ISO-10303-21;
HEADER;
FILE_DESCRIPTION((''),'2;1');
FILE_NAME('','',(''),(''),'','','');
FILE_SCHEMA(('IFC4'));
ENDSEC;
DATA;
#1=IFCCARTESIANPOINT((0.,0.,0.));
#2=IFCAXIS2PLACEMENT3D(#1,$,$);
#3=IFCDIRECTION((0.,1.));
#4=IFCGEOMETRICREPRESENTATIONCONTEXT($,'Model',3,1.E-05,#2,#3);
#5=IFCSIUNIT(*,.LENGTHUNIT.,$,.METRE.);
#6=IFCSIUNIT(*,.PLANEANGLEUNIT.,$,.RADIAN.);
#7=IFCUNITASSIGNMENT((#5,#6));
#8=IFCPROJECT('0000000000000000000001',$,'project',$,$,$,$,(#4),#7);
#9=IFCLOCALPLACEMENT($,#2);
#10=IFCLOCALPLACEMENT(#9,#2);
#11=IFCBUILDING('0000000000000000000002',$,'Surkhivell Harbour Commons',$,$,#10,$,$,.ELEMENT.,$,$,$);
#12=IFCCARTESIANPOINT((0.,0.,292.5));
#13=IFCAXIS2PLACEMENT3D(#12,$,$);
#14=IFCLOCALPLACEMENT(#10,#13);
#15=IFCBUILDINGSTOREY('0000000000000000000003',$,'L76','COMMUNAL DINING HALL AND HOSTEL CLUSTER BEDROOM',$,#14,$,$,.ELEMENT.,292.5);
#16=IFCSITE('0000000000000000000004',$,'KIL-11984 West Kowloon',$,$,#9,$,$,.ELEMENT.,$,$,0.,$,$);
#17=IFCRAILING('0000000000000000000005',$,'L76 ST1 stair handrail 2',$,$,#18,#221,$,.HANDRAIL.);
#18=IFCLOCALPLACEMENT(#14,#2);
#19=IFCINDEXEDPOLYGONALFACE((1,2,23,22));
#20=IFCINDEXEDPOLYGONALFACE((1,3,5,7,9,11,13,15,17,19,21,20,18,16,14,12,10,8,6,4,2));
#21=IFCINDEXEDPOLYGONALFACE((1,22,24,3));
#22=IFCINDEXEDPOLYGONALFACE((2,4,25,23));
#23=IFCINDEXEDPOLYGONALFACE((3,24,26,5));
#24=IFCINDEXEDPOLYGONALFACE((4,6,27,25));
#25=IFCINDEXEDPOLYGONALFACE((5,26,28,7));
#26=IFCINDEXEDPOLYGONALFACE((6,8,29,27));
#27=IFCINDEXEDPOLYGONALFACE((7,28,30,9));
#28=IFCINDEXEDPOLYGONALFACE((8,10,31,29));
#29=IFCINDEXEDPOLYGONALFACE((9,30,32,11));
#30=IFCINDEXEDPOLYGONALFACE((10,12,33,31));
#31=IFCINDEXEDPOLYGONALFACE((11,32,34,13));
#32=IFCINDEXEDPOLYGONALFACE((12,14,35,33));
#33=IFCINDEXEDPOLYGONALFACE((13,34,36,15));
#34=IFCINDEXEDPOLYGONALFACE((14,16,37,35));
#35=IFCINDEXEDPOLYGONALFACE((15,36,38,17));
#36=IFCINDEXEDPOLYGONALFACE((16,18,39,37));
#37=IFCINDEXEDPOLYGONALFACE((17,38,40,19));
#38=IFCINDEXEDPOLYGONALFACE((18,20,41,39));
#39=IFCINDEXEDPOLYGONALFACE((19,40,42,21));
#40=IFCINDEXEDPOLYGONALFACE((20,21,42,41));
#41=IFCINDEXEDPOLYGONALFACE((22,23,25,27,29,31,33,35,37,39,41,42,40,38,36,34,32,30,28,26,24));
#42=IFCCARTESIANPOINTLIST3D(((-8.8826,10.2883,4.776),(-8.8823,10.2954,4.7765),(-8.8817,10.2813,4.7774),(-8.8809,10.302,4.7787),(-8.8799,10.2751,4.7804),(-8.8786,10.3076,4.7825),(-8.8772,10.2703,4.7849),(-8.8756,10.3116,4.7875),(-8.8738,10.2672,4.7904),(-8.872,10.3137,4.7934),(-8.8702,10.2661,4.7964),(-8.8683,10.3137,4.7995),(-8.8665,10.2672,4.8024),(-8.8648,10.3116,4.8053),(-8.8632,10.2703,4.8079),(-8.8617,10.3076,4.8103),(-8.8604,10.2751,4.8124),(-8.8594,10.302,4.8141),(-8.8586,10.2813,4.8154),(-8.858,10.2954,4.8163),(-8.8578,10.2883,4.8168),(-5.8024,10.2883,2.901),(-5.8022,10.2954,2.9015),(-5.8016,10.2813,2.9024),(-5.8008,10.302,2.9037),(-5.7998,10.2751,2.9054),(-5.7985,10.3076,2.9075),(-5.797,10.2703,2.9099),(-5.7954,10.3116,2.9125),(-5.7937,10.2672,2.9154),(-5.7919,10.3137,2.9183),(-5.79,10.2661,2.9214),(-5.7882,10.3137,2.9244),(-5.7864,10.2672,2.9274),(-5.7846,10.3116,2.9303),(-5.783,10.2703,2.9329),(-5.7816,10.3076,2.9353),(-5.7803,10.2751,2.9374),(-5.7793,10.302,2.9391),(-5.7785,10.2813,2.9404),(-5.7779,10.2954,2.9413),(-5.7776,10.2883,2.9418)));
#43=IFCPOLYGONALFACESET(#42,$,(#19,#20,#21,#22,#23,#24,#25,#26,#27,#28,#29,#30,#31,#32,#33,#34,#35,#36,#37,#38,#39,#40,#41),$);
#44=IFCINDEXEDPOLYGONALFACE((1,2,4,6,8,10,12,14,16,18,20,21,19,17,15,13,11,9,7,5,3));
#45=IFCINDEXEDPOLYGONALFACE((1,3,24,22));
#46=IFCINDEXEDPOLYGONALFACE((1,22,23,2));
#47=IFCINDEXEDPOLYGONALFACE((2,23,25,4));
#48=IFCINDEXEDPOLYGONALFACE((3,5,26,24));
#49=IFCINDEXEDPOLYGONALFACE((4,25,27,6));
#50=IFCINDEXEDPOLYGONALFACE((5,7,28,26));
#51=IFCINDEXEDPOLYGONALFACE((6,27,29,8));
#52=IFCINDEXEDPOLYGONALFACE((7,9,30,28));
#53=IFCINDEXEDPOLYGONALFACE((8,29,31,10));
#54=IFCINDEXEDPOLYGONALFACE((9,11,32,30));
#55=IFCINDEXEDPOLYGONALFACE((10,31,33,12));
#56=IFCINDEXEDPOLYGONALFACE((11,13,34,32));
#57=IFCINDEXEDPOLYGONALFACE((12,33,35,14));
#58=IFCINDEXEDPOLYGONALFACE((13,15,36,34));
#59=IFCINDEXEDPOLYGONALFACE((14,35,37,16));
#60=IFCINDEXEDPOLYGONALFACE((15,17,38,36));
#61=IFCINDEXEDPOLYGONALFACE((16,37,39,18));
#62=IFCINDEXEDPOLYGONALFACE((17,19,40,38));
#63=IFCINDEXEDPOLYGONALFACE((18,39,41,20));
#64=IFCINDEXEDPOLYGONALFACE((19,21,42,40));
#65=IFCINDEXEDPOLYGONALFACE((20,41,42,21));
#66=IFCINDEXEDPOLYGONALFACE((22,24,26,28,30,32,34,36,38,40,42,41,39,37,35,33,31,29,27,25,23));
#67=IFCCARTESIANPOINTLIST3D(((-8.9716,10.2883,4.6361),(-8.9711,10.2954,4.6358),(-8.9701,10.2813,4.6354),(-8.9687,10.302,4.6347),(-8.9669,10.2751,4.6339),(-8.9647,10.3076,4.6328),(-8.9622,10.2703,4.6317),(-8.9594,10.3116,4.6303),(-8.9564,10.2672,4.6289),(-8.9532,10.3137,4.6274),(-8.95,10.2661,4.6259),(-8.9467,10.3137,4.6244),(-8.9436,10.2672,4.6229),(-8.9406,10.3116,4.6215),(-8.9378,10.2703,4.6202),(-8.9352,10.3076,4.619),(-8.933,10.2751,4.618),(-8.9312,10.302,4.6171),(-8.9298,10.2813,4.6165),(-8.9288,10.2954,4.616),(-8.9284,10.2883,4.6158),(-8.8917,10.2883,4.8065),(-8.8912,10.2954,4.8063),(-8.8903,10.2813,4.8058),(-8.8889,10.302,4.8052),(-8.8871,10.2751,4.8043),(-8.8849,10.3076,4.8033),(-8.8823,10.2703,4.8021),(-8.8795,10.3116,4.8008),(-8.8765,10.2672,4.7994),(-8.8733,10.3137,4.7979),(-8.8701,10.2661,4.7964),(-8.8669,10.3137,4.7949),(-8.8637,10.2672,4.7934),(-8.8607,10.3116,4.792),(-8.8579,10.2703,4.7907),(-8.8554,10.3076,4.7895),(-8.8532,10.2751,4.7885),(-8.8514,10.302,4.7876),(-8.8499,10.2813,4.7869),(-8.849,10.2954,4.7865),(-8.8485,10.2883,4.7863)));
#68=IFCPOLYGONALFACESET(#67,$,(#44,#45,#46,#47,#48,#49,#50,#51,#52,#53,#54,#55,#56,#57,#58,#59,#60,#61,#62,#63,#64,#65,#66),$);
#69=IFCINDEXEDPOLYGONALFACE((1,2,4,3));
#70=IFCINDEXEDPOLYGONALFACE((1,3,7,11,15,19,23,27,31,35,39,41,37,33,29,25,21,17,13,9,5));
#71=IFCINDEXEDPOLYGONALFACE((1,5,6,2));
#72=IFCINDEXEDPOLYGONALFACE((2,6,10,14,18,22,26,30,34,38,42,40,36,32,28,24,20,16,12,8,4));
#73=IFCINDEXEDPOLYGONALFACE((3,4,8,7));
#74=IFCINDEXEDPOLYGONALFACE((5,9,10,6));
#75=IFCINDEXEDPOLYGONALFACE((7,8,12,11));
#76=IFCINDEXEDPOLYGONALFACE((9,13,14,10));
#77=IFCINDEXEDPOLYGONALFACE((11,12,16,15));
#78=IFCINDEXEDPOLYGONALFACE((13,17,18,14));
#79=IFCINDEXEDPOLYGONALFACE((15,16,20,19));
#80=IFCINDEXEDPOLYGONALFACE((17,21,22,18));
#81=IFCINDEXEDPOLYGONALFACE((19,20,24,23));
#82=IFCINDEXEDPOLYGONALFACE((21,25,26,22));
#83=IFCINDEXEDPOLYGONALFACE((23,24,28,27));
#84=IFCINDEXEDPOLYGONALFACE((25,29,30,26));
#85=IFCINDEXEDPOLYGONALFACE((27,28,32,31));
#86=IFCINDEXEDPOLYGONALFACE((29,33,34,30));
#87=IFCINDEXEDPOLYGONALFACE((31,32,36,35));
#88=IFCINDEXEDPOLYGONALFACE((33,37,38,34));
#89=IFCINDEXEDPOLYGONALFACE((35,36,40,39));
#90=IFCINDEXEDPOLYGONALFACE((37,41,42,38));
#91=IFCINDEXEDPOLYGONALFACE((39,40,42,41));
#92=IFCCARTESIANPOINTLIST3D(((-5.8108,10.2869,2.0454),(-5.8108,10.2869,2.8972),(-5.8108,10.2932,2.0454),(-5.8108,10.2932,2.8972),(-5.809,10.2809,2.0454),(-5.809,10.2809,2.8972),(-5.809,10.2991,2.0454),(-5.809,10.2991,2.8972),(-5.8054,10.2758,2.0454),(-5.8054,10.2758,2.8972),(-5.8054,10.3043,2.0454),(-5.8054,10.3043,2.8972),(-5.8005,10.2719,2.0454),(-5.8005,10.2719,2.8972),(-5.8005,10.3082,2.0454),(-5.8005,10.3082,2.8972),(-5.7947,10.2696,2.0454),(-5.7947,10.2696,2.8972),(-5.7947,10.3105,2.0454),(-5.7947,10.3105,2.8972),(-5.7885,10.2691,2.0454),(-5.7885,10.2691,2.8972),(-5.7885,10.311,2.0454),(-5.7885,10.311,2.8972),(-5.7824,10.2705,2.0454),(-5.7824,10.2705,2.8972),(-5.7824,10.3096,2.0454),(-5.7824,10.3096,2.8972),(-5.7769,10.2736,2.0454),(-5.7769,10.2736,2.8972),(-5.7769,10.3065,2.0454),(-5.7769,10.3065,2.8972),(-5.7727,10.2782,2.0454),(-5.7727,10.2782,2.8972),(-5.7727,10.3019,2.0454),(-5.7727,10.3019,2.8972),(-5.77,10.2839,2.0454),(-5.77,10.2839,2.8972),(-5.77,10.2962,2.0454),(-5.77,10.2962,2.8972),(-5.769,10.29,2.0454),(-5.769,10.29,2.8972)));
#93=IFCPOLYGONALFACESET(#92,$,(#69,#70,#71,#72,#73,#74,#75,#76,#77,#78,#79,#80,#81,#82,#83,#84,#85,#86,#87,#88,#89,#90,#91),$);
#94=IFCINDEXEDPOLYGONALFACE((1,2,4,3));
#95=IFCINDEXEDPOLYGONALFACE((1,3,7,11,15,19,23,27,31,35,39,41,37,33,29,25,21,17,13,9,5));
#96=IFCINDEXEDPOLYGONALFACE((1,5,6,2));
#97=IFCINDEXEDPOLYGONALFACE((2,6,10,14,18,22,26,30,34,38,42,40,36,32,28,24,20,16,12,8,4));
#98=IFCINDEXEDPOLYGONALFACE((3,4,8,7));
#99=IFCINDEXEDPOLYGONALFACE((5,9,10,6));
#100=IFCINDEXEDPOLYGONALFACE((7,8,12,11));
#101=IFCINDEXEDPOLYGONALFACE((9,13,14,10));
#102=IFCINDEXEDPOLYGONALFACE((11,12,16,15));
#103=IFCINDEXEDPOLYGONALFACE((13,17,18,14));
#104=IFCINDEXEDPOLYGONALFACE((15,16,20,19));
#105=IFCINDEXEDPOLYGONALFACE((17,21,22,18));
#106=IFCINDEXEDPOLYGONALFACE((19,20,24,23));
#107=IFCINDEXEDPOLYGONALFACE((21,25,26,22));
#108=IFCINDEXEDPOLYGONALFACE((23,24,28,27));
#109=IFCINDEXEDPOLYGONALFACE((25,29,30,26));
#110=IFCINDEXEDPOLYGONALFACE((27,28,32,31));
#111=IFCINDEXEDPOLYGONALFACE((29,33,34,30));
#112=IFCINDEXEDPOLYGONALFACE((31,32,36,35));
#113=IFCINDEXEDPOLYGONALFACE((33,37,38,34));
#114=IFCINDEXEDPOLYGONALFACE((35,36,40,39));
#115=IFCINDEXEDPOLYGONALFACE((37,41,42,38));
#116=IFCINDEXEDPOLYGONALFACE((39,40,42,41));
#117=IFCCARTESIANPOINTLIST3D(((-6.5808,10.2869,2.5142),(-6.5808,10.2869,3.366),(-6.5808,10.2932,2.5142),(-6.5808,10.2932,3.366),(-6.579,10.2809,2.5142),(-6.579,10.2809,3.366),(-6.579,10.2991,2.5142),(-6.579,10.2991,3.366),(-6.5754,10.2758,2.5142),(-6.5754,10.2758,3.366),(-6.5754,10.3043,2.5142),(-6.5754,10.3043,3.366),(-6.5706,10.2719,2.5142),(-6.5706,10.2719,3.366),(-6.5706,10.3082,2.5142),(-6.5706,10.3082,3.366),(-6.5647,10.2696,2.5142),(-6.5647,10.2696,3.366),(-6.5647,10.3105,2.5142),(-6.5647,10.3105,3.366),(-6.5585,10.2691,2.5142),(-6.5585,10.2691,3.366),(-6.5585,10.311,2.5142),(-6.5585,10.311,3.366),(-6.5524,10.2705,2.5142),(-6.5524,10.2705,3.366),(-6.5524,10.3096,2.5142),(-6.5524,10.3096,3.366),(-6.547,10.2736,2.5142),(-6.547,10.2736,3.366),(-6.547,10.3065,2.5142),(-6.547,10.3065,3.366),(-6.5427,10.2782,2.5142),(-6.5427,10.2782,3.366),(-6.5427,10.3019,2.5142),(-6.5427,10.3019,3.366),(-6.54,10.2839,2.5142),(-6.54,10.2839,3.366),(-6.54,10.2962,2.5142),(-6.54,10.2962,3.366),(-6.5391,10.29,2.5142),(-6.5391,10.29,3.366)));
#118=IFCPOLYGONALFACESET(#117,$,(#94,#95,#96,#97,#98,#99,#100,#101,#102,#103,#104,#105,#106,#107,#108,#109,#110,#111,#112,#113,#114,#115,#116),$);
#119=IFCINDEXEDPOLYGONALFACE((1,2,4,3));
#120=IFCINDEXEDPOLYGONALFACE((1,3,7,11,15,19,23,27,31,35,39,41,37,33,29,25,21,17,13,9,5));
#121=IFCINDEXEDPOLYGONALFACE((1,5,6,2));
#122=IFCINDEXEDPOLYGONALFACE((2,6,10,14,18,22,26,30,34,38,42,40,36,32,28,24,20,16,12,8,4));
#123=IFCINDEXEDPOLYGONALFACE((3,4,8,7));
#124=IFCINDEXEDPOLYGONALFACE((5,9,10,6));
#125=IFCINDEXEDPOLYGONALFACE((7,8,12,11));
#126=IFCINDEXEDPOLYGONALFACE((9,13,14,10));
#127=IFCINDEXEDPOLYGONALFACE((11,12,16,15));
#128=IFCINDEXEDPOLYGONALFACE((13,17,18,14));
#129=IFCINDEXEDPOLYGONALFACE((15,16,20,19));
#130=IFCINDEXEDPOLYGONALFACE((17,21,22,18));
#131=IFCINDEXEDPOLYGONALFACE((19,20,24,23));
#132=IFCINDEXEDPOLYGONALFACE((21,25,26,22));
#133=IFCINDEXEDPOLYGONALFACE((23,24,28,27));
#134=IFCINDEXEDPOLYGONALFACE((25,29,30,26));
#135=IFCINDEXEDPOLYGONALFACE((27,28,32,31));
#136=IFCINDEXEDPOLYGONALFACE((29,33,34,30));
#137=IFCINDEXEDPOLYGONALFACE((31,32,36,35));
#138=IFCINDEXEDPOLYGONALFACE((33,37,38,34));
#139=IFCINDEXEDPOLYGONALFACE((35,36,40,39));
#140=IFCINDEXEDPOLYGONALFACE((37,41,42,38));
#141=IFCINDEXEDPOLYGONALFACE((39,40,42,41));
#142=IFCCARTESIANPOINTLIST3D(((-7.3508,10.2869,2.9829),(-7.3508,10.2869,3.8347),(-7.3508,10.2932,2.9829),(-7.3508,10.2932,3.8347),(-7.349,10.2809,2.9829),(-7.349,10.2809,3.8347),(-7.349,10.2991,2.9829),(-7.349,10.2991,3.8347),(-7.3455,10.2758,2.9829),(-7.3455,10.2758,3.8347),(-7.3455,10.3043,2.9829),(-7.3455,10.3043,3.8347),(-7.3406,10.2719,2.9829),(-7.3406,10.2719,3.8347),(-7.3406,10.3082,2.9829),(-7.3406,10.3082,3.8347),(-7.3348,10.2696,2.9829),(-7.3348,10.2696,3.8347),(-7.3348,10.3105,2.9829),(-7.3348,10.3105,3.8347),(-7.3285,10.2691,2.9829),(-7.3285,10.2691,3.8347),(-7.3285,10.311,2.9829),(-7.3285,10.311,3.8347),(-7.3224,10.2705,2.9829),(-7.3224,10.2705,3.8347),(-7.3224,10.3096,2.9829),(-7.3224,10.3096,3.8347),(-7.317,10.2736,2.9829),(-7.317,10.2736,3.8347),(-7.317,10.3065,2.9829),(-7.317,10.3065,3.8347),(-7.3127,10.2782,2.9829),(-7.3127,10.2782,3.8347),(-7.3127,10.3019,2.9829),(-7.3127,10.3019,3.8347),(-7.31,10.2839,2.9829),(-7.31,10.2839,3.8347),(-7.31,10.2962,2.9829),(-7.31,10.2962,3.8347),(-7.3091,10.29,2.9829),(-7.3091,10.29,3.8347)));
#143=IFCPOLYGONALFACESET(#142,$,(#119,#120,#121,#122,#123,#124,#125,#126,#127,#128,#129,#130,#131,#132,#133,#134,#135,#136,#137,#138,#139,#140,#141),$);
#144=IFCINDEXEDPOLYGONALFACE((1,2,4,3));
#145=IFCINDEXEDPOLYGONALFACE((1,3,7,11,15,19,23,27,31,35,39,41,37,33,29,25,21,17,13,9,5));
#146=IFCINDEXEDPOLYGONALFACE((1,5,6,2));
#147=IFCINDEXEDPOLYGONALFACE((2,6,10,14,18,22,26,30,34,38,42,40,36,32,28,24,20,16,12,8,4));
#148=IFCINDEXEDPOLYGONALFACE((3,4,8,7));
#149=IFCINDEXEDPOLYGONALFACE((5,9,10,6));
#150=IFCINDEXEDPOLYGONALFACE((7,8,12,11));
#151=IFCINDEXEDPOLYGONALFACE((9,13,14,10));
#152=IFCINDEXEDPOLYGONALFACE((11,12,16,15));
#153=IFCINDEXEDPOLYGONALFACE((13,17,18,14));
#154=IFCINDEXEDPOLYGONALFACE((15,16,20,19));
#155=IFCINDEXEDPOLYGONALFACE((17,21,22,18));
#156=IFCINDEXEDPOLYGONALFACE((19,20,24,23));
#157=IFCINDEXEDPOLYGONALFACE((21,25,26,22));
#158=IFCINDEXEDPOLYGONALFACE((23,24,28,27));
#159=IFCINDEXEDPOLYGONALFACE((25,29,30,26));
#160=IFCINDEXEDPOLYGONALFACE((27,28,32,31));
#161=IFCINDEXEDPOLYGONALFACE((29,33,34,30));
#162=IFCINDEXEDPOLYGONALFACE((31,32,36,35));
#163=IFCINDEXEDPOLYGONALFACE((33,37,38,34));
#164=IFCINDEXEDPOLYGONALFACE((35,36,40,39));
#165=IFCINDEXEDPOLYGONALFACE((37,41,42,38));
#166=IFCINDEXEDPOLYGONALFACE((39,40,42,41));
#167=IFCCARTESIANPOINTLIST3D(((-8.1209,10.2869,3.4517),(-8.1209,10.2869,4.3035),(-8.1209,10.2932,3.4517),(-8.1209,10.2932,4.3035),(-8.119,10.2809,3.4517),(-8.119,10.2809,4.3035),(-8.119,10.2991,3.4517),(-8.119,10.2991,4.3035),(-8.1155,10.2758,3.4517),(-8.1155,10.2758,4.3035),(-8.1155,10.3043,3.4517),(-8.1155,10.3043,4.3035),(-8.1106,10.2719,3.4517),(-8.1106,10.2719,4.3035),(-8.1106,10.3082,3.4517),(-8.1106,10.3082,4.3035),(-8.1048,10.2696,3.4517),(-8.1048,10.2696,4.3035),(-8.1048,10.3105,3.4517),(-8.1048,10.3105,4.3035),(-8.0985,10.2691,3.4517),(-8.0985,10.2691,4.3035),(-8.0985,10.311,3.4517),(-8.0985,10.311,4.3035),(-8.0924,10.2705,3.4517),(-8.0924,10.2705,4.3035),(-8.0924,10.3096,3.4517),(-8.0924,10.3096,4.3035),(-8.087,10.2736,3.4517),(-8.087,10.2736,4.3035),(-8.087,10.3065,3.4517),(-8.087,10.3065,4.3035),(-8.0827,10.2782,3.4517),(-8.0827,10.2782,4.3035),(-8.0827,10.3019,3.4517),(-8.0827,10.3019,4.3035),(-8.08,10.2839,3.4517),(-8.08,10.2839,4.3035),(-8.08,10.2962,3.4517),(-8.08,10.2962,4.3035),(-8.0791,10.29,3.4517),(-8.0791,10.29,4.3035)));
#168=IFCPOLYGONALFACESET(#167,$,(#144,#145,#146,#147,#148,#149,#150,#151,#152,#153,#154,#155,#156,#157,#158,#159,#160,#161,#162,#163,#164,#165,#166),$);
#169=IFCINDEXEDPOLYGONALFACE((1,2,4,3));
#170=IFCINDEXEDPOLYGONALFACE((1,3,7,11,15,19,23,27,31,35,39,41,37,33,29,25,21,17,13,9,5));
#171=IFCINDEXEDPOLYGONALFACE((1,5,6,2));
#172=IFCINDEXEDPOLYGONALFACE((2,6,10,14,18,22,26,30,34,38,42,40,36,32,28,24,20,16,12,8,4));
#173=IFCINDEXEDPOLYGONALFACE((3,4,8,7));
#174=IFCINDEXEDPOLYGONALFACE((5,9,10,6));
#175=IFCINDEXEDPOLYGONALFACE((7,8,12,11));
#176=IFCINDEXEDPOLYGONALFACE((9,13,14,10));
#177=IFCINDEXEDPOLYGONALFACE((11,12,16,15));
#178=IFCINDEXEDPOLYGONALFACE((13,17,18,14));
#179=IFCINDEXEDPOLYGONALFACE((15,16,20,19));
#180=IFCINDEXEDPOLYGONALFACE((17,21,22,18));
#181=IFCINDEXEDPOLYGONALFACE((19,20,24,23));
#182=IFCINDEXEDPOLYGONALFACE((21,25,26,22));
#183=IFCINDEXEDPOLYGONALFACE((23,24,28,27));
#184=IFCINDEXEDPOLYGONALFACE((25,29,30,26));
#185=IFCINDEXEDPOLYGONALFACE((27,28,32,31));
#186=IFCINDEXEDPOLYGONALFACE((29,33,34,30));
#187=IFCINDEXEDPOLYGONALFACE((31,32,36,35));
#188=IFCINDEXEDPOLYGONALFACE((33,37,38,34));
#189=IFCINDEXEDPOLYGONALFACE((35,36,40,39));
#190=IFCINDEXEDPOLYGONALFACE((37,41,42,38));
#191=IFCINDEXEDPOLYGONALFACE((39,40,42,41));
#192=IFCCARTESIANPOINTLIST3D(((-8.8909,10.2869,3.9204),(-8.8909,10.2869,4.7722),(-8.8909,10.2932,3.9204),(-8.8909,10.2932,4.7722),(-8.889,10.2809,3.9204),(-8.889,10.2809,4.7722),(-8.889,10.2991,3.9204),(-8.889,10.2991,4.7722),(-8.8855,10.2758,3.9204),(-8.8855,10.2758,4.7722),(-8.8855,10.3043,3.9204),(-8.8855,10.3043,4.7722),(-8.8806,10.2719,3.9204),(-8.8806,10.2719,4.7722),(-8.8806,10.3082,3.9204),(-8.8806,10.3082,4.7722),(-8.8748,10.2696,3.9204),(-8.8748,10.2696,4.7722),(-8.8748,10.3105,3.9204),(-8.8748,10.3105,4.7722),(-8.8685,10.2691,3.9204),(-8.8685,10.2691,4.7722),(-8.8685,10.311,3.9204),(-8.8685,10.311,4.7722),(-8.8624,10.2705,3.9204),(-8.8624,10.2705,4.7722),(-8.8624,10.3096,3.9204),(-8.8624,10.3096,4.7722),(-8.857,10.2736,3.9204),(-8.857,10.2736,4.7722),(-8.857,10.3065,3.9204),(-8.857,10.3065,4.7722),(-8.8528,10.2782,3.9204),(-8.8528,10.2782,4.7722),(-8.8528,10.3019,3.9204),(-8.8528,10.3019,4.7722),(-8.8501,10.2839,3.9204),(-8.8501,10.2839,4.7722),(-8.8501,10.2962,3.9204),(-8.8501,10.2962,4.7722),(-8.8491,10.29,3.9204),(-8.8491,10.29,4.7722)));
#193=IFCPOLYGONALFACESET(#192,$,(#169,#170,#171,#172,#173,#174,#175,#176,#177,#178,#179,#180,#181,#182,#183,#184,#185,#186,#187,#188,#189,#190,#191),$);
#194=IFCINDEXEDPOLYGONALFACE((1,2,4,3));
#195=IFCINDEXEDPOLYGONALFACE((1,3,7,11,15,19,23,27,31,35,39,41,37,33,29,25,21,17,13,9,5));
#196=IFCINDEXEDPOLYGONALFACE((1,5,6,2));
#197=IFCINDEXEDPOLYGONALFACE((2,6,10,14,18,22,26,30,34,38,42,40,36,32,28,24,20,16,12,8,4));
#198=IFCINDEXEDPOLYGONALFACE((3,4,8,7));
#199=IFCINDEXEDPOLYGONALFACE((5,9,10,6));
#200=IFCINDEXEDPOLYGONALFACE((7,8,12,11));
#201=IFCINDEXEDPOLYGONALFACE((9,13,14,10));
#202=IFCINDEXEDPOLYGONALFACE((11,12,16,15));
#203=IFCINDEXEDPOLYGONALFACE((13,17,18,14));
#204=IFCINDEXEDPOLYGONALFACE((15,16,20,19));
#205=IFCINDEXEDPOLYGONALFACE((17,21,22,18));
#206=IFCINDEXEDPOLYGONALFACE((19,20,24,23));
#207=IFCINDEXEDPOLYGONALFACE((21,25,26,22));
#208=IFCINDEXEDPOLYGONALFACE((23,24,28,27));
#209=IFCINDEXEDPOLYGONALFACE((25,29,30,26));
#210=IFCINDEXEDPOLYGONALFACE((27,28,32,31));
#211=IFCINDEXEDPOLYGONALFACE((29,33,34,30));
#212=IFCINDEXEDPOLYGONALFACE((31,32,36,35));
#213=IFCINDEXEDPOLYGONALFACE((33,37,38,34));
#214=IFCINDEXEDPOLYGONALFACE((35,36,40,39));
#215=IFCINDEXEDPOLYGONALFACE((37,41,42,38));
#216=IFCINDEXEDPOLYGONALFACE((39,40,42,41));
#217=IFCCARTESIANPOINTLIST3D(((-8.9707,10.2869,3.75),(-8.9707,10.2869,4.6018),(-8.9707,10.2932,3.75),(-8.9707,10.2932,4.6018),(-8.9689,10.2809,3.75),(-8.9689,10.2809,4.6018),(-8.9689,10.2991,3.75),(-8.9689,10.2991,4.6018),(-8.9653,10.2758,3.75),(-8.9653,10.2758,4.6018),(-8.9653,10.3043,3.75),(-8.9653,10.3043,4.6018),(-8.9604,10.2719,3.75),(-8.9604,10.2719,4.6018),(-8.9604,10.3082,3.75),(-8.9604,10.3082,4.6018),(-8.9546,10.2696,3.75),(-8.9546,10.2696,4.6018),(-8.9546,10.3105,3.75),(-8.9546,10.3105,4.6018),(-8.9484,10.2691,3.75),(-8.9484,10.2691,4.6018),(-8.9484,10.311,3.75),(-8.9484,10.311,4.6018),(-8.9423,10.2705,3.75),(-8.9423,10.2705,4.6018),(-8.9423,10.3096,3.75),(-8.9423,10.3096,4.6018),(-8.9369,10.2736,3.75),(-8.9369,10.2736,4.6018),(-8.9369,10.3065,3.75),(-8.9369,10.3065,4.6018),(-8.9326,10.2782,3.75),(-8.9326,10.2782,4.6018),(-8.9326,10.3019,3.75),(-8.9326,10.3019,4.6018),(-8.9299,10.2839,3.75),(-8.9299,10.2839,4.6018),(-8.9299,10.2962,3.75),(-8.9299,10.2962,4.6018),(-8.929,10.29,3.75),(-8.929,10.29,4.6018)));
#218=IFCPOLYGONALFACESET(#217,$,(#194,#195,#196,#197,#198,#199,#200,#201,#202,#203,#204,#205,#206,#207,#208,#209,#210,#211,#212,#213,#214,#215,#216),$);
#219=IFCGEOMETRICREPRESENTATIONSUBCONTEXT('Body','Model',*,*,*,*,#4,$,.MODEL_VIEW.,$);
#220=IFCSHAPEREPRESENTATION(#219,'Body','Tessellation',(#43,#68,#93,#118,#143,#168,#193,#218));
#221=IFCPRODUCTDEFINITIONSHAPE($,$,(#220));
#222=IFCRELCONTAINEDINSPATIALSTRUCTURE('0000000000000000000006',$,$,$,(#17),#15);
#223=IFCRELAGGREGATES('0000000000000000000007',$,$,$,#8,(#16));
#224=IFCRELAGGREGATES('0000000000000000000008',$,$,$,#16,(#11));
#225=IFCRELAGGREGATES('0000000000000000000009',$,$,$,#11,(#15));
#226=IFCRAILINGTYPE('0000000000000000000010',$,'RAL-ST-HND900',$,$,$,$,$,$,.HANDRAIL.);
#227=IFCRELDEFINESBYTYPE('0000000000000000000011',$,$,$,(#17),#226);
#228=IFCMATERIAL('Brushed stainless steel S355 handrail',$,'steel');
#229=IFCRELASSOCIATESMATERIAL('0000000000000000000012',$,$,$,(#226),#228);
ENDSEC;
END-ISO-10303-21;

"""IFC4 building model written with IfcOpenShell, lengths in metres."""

from ifc_helpers import new_model, si_unit, direction, frame, origin, origin_2d, place, context, subcontext, project, spatial, circle, extrude, material, type_object, element, save


model = new_model("IFC4")

# Units and contexts
model_context = context("Model", 3, precision=1e-05, world=origin(), true_north=direction((0.0, 1.0)))
body_context = subcontext(model_context, "Body", "Model", "MODEL_VIEW")
ifc_project = project(units=[si_unit("LENGTHUNIT", "METRE"), si_unit("PLANEANGLEUNIT", "RADIAN")], contexts=[model_context])

# Site, building, storey
site_placement = place(None, origin())
site = spatial("IfcSite", under=ifc_project, at=site_placement, Name="KIL-11984 West Kowloon", CompositionType="ELEMENT", RefElevation=0.0)
building_placement = place(site_placement, origin())
building = spatial("IfcBuilding", under=site, at=building_placement, Name="Surkhivell Harbour Commons", CompositionType="ELEMENT")
storey_placement = place(building_placement, frame((0.0, 0.0, 292.5)))
storey = spatial("IfcBuildingStorey", under=building, at=storey_placement, Name="L76", Description="COMMUNAL DINING HALL AND HOSTEL CLUSTER BEDROOM", CompositionType="ELEMENT", Elevation=292.5)

# Railing
ifc_material_1 = material(Name="Brushed stainless steel S355 handrail", Category="steel")
railing_type_1 = type_object("IfcRailingType", Name="RAL-ST-HND900", PredefinedType="HANDRAIL", material=ifc_material_1)
railing_1_placement = place(storey_placement, frame((-5.79, 10.29, 2.0454)))
element("IfcRailing", 1, at=railing_1_placement, inside=storey, type_object=railing_type_1, Name="L76 ST1 stair handrail 2", PredefinedType="HANDRAIL", context=body_context, shape_type="SweptSolid", body=[
    extrude(circle(Radius=0.0239, at=origin_2d()), frame((0.0, 0.0, 0.876), z_axis=(-0.854178, 0.0, 0.519981), x_axis=(0.0, -1.0, 0.0)), (0.0, 0.0, 1.0), 3.606),
    extrude(circle(Radius=0.0239, at=origin_2d()), frame((-3.0801, 0.0, 2.751), z_axis=(-0.424234, 0.0, -0.905552), x_axis=(0.0, -1.0, 0.0)), (0.0, 0.0, 1.0), 0.1882),
    extrude(circle(Radius=0.021, at=origin_2d()), origin(), (0.0, 0.0, 1.0), 0.8518),
    extrude(circle(Radius=0.021, at=origin_2d()), frame((-0.77, 0.0, 0.4688)), (0.0, 0.0, 1.0), 0.8518),
    extrude(circle(Radius=0.021, at=origin_2d()), frame((-1.54, 0.0, 0.9375)), (0.0, 0.0, 1.0), 0.8518),
    extrude(circle(Radius=0.021, at=origin_2d()), frame((-2.3101, 0.0, 1.4062)), (0.0, 0.0, 1.0), 0.8518),
    extrude(circle(Radius=0.021, at=origin_2d()), frame((-3.0801, 0.0, 1.875)), (0.0, 0.0, 1.0), 0.8518),
    extrude(circle(Radius=0.021, at=origin_2d()), frame((-3.1599, 0.0, 1.7046)), (0.0, 0.0, 1.0), 0.8518),
])

save(model, "model.ifc")
